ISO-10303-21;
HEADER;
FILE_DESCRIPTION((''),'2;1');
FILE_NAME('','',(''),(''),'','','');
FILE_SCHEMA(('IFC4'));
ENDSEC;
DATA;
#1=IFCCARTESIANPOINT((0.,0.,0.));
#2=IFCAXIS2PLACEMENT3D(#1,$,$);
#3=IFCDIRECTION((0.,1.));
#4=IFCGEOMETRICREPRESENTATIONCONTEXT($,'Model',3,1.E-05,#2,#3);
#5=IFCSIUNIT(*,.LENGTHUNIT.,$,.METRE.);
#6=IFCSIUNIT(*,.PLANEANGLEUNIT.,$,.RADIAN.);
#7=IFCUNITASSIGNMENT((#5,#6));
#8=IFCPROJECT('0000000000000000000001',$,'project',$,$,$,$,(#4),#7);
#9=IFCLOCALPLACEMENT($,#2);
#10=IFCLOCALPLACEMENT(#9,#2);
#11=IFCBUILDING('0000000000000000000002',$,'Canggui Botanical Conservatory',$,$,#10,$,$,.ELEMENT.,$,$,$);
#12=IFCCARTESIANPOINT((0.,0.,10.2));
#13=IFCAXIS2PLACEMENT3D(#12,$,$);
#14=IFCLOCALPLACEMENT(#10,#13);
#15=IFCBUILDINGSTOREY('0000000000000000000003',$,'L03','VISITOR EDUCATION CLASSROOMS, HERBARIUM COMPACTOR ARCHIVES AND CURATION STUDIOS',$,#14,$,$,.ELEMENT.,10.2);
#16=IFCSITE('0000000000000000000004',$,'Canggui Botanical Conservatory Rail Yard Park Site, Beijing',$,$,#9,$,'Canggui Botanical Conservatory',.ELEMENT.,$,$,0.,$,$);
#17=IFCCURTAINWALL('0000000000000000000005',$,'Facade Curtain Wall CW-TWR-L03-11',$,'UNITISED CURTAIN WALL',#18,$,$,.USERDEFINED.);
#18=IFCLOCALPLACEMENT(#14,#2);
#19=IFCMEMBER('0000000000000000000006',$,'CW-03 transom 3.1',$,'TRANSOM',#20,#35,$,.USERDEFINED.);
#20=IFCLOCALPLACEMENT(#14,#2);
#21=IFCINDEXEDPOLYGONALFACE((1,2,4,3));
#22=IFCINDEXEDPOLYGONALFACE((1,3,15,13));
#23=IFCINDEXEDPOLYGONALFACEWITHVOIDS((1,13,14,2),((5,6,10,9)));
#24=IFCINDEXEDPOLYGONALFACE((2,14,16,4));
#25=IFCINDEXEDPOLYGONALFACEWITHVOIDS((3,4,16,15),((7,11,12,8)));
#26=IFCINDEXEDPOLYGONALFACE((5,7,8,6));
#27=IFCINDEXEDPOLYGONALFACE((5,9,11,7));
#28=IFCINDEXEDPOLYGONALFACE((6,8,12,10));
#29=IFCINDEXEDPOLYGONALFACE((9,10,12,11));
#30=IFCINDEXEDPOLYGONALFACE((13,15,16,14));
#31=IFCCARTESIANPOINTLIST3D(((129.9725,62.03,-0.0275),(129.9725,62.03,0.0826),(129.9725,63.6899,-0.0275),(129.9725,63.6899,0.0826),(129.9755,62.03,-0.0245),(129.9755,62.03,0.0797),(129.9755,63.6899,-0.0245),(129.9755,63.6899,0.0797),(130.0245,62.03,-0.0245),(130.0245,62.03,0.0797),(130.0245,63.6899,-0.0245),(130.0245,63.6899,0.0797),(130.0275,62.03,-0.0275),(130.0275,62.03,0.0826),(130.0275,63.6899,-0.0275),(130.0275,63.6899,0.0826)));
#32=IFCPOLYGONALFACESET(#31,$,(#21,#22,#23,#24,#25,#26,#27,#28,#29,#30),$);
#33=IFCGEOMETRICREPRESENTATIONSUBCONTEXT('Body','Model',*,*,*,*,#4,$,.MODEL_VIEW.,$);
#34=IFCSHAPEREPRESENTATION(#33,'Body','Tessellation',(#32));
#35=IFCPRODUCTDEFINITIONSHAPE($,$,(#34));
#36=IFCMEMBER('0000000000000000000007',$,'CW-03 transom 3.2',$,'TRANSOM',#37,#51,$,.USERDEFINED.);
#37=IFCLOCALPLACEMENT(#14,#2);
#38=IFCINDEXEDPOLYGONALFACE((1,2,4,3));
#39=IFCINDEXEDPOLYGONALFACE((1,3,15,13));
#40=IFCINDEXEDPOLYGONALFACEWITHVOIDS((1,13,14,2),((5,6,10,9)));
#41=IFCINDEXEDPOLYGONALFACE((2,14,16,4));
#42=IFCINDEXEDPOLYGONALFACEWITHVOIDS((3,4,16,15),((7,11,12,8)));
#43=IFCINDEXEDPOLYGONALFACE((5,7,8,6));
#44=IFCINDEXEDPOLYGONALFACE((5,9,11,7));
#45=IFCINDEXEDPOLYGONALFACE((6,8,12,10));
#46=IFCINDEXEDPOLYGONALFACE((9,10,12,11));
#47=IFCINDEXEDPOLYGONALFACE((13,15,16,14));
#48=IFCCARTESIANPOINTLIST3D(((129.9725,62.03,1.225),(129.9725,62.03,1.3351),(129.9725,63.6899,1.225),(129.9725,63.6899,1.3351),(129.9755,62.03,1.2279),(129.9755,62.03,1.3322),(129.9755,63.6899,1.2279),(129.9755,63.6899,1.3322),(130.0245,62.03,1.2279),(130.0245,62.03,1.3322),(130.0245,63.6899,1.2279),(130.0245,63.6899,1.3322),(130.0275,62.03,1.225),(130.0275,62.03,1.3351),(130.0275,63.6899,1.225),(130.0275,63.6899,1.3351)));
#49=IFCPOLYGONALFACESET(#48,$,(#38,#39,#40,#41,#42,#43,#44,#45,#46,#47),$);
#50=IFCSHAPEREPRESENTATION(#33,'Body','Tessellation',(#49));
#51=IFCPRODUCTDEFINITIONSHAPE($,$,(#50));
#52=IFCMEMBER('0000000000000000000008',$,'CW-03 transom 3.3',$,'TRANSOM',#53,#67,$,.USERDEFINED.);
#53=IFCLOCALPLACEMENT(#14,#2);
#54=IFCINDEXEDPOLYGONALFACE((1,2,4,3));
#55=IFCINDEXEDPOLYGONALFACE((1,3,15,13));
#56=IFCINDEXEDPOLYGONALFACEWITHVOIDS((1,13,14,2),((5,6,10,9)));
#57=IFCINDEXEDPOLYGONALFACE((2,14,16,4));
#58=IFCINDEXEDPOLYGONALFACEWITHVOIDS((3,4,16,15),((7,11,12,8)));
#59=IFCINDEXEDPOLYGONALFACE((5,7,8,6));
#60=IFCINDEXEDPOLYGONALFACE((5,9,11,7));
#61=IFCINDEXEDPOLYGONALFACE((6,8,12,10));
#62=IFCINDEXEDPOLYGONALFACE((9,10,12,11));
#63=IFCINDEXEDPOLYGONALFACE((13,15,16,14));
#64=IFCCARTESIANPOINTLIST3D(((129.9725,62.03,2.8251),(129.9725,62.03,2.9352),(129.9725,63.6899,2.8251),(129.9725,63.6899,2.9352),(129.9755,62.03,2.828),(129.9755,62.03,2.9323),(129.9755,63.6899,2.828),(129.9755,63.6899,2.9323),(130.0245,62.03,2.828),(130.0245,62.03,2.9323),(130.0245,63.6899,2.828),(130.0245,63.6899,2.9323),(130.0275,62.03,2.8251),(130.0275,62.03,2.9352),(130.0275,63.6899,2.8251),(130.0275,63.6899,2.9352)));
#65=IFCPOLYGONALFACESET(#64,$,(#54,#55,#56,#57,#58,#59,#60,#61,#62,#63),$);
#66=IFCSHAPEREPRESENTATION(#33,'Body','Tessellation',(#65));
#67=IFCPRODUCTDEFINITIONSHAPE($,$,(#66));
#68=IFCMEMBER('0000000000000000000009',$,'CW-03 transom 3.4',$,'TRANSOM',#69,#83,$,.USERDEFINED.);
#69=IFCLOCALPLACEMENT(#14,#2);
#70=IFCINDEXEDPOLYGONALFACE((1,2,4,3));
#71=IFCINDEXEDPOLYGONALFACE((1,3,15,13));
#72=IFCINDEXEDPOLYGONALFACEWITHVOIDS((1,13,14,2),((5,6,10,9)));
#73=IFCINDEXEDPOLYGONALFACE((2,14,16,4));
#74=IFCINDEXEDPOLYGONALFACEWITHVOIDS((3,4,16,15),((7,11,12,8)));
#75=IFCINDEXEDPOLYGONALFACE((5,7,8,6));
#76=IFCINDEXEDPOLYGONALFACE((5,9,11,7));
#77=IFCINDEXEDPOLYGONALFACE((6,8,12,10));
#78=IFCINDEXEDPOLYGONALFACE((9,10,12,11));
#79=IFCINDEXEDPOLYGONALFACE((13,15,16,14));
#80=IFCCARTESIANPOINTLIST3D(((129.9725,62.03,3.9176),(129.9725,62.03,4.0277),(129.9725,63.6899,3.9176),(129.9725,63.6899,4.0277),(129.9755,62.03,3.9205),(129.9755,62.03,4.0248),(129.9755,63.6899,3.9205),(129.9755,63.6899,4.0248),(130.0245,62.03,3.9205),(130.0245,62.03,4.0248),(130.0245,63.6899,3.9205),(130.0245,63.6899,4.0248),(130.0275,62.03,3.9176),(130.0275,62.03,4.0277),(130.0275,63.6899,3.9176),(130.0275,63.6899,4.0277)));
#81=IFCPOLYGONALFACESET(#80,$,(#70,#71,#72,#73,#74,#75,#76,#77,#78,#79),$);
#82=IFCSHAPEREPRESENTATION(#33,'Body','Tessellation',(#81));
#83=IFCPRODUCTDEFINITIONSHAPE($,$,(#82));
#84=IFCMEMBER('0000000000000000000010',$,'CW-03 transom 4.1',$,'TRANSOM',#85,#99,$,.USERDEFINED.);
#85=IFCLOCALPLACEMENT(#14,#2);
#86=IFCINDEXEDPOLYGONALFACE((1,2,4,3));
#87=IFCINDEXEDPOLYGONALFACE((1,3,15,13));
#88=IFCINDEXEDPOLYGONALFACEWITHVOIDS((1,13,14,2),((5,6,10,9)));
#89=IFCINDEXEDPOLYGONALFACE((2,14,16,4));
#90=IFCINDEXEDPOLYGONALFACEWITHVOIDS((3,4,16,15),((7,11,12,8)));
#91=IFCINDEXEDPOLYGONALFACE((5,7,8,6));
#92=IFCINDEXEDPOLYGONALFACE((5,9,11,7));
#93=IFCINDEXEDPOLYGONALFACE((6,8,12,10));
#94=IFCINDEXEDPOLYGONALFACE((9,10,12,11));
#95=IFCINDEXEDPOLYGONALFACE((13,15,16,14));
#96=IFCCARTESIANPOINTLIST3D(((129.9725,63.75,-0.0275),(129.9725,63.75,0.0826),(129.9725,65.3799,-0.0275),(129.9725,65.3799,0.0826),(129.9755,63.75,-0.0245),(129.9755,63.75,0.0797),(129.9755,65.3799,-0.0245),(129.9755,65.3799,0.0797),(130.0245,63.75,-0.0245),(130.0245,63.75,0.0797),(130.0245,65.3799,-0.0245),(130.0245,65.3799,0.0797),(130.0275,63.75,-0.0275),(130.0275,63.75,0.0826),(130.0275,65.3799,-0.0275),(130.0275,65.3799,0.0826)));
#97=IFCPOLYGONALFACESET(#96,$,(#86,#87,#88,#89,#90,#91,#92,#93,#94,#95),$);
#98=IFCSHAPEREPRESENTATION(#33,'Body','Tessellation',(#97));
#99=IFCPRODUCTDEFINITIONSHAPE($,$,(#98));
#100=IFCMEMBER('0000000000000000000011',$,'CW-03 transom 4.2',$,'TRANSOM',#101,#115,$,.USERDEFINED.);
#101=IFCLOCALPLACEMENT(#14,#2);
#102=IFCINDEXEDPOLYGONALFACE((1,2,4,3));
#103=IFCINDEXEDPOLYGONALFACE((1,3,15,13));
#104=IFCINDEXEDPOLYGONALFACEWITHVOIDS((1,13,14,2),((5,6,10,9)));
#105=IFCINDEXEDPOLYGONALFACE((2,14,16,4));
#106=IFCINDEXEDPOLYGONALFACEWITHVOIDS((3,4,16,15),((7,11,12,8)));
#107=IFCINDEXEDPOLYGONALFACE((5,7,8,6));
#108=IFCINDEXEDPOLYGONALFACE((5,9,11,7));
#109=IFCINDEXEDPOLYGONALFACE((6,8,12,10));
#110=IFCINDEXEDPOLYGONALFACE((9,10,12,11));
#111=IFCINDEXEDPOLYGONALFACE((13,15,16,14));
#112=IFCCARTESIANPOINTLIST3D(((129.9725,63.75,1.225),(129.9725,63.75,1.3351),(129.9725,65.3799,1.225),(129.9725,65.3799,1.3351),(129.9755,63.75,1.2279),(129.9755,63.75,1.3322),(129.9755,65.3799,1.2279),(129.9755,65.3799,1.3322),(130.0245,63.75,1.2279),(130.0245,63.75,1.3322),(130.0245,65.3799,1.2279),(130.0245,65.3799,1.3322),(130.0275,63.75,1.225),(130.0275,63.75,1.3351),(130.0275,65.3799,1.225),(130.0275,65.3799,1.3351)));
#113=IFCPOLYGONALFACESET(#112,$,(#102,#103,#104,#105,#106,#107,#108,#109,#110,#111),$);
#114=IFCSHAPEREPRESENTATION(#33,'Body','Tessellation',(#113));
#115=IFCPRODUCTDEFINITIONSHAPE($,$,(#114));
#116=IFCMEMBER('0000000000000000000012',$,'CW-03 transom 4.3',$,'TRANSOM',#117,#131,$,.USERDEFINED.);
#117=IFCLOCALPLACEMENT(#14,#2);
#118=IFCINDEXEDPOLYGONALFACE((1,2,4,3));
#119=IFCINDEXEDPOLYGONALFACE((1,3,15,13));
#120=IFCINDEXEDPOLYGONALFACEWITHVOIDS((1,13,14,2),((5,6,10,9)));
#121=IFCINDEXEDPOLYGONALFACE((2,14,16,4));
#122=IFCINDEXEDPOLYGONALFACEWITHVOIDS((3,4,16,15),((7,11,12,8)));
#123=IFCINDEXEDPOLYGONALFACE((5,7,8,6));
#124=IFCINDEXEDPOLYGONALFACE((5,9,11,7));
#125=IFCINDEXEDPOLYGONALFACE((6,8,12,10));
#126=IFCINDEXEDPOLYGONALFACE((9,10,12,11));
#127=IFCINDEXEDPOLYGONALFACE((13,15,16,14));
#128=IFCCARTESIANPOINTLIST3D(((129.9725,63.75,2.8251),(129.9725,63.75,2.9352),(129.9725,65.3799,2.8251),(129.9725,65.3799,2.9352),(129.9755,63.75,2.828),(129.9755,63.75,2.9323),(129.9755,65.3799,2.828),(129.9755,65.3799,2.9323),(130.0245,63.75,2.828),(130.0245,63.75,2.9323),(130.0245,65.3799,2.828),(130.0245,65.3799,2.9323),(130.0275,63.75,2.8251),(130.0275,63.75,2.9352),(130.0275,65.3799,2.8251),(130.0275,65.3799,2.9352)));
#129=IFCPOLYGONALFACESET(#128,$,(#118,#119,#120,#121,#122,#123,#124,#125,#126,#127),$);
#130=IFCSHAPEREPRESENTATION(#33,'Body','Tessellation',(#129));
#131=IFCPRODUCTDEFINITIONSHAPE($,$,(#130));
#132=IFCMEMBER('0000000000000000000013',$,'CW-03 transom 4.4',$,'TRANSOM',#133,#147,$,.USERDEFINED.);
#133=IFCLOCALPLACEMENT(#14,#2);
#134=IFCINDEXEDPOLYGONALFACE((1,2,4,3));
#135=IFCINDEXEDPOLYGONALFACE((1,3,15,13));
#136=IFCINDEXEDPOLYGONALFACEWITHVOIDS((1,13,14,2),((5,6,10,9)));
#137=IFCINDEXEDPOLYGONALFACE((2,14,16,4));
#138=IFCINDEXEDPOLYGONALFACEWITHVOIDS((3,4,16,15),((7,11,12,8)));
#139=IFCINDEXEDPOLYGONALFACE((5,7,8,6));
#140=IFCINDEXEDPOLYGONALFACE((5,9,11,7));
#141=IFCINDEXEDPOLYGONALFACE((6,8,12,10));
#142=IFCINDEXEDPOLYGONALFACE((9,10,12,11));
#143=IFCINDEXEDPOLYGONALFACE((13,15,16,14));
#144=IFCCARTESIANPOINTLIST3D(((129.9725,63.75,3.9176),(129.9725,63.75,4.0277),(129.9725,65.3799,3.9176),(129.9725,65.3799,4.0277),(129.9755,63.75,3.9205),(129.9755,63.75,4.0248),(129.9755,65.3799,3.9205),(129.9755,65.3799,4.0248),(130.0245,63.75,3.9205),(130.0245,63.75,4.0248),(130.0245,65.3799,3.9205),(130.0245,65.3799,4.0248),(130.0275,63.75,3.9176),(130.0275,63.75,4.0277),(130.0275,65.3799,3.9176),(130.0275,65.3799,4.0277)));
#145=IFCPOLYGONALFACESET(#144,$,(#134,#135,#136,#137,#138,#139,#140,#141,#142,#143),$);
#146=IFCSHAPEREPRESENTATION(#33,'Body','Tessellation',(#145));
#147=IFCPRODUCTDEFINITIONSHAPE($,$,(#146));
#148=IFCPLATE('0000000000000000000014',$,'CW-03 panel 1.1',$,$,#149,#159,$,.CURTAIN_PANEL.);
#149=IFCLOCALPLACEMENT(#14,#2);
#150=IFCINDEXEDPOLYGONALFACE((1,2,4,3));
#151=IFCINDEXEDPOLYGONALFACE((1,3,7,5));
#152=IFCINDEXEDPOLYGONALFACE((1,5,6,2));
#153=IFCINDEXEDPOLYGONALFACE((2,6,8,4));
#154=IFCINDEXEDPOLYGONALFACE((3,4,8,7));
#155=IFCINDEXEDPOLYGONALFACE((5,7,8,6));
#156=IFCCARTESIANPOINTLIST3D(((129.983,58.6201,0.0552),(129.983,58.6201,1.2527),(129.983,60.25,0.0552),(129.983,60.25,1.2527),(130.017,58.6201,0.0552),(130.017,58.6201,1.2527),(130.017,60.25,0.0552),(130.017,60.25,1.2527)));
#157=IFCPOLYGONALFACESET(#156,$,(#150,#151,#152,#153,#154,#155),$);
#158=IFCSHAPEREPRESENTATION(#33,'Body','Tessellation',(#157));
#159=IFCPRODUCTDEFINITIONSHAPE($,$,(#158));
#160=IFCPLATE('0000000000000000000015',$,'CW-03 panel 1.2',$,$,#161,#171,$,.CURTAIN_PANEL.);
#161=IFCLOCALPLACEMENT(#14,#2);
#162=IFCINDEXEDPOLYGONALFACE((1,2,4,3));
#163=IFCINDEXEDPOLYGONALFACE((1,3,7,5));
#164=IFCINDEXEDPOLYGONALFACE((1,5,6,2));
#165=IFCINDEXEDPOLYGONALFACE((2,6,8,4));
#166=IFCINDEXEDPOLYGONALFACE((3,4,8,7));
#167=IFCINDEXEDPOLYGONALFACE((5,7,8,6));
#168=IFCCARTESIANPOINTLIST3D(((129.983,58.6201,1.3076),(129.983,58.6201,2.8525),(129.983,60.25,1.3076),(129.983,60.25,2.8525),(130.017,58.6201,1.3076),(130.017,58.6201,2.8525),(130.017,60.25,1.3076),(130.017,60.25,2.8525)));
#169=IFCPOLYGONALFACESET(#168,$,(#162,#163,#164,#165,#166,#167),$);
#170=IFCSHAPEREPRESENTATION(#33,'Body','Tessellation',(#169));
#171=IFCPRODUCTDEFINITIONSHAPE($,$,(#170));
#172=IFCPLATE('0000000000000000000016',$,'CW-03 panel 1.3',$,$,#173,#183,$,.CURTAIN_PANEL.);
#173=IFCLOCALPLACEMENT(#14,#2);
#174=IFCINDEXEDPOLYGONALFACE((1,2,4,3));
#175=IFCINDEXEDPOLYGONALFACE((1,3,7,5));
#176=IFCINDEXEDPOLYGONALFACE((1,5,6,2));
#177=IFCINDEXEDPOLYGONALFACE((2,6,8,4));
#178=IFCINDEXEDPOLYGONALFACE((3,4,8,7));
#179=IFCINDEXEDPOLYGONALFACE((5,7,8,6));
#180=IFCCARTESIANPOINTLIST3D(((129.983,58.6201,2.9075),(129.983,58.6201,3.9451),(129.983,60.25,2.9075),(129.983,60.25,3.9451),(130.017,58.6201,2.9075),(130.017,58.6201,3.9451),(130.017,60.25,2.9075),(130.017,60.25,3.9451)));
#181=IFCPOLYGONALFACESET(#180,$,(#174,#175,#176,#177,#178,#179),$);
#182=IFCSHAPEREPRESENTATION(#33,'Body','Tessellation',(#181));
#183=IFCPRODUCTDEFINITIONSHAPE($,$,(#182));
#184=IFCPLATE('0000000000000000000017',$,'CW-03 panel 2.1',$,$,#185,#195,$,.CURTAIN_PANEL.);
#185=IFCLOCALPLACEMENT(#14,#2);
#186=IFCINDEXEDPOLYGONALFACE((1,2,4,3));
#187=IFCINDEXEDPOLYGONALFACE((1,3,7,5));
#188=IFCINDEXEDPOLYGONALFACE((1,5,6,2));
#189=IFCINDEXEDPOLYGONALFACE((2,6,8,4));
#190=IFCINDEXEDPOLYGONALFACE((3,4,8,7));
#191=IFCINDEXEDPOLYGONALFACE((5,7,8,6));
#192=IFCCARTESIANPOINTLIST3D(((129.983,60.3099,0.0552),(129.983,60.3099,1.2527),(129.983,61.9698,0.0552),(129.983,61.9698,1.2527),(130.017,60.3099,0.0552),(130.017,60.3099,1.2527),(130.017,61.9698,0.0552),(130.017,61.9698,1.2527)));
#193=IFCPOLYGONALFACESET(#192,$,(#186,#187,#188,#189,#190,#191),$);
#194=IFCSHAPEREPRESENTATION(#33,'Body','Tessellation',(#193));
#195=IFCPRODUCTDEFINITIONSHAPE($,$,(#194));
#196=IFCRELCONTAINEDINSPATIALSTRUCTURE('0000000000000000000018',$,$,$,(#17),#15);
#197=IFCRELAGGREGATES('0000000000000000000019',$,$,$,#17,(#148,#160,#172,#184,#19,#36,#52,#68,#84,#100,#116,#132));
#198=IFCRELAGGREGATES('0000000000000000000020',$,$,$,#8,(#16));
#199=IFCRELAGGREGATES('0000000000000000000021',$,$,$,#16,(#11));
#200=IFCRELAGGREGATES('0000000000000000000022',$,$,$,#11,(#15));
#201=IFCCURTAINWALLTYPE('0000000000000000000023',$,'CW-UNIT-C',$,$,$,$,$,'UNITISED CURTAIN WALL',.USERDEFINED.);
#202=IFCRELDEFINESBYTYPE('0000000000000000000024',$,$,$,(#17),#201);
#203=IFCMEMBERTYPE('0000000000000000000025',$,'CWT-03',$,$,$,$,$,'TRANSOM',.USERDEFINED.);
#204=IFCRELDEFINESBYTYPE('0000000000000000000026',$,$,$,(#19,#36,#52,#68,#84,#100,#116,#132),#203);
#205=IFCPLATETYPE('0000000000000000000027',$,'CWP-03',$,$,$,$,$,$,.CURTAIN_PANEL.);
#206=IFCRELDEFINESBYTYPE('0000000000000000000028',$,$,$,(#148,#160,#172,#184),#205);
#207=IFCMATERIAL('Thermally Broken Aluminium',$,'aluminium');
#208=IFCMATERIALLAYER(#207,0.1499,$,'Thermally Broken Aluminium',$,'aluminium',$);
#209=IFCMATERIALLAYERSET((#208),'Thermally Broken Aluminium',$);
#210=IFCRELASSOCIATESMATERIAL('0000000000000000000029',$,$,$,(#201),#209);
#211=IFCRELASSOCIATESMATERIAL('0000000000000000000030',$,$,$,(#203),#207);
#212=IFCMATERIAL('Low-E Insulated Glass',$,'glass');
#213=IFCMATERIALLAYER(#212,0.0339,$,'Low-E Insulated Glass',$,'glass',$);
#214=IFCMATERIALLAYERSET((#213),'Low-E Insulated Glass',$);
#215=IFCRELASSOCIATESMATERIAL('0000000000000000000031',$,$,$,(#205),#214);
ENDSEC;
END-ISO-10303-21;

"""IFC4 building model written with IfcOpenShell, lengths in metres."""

from ifc_helpers import new_model, si_unit, direction, frame, origin, origin_2d, place, context, subcontext, project, spatial, rectangle, hollow_rectangle, extrude, material, layer, layer_set, material_profile, profile_set, type_object, element, aggregate, save


model = new_model("IFC4")

# Units and contexts
model_context = context("Model", 3, precision=1e-05, world=origin(), true_north=direction((0.0, 1.0)))
body_context = subcontext(model_context, "Body", "Model", "MODEL_VIEW")
ifc_project = project(units=[si_unit("LENGTHUNIT", "METRE"), si_unit("PLANEANGLEUNIT", "RADIAN")], contexts=[model_context])

# Site, building, storey
site_placement = place(None, origin())
site = spatial("IfcSite", under=ifc_project, at=site_placement, Name="Canggui Botanical Conservatory Rail Yard Park Site, Beijing", LongName="Canggui Botanical Conservatory", CompositionType="ELEMENT", RefElevation=0.0)
building_placement = place(site_placement, origin())
building = spatial("IfcBuilding", under=site, at=building_placement, Name="Canggui Botanical Conservatory", CompositionType="ELEMENT")
storey_placement = place(building_placement, frame((0.0, 0.0, 10.2)))
storey = spatial("IfcBuildingStorey", under=building, at=storey_placement, Name="L03", Description="VISITOR EDUCATION CLASSROOMS, HERBARIUM COMPACTOR ARCHIVES AND CURATION STUDIOS", CompositionType="ELEMENT", Elevation=10.2)

# Curtain wall, members, plates
ifc_material_1 = material(Name="Thermally Broken Aluminium", Category="aluminium")
ifc_layer_1 = layer(ifc_material_1, 0.1499, Name="Thermally Broken Aluminium", Category="aluminium")
ifc_layer_set_1 = layer_set([ifc_layer_1], Name="Thermally Broken Aluminium")
curtain_wall_type = type_object("IfcCurtainWallType", Name="CW-UNIT-C", ElementType="UNITISED CURTAIN WALL", PredefinedType="USERDEFINED", material=ifc_layer_set_1)
curtain_wall_placement = place(storey_placement, origin())
curtain_wall = element("IfcCurtainWall", 1, at=curtain_wall_placement, inside=storey, type_object=curtain_wall_type, Name="Facade Curtain Wall CW-TWR-L03-11", ObjectType="UNITISED CURTAIN WALL", PredefinedType="USERDEFINED")
ifc_material_profile_1 = material_profile(ifc_material_1, hollow_rectangle(XDim=0.0549, YDim=0.1101, WallThickness=0.0029, at=origin_2d()), Name="CWT 55x110x3")
ifc_profile_set_1 = profile_set([ifc_material_profile_1], Name="Thermally Broken Aluminium")
member_type_1 = type_object("IfcMemberType", Name="CWT-03", ElementType="TRANSOM", PredefinedType="USERDEFINED", material=ifc_profile_set_1)
member_1_placement = place(storey_placement, frame((130.0, 62.03, 0.0276), z_axis=(0.0, 1.0, 0.0), x_axis=(-1.0, 0.0, 0.0)))
member_1 = element("IfcMember", 2, at=member_1_placement, type_object=member_type_1, Name="CW-03 transom 3.1", ObjectType="TRANSOM", PredefinedType="USERDEFINED", context=body_context, shape_type="SweptSolid", body=[
    extrude(hollow_rectangle(XDim=0.0549, YDim=0.1101, WallThickness=0.0029, at=origin_2d()), origin(), (0.0, 0.0, 1.0), 1.6599),
])
member_2_placement = place(storey_placement, frame((130.0, 62.03, 1.28), z_axis=(0.0, 1.0, 0.0), x_axis=(-1.0, 0.0, 0.0)))
member_2 = element("IfcMember", 3, at=member_2_placement, type_object=member_type_1, Name="CW-03 transom 3.2", ObjectType="TRANSOM", PredefinedType="USERDEFINED", context=body_context, shape_type="SweptSolid", body=[
    extrude(hollow_rectangle(XDim=0.0549, YDim=0.1101, WallThickness=0.0029, at=origin_2d()), origin(), (0.0, 0.0, 1.0), 1.6599),
])
member_3_placement = place(storey_placement, frame((130.0, 62.03, 2.8801), z_axis=(0.0, 1.0, 0.0), x_axis=(-1.0, 0.0, 0.0)))
member_3 = element("IfcMember", 4, at=member_3_placement, type_object=member_type_1, Name="CW-03 transom 3.3", ObjectType="TRANSOM", PredefinedType="USERDEFINED", context=body_context, shape_type="SweptSolid", body=[
    extrude(hollow_rectangle(XDim=0.0549, YDim=0.1101, WallThickness=0.0029, at=origin_2d()), origin(), (0.0, 0.0, 1.0), 1.6599),
])
member_4_placement = place(storey_placement, frame((130.0, 62.03, 3.9727), z_axis=(0.0, 1.0, 0.0), x_axis=(-1.0, 0.0, 0.0)))
member_4 = element("IfcMember", 5, at=member_4_placement, type_object=member_type_1, Name="CW-03 transom 3.4", ObjectType="TRANSOM", PredefinedType="USERDEFINED", context=body_context, shape_type="SweptSolid", body=[
    extrude(hollow_rectangle(XDim=0.0549, YDim=0.1101, WallThickness=0.0029, at=origin_2d()), origin(), (0.0, 0.0, 1.0), 1.6599),
])
member_5_placement = place(storey_placement, frame((130.0, 63.75, 0.0276), z_axis=(0.0, 1.0, 0.0), x_axis=(-1.0, 0.0, 0.0)))
member_5 = element("IfcMember", 6, at=member_5_placement, type_object=member_type_1, Name="CW-03 transom 4.1", ObjectType="TRANSOM", PredefinedType="USERDEFINED", context=body_context, shape_type="SweptSolid", body=[
    extrude(hollow_rectangle(XDim=0.0549, YDim=0.1101, WallThickness=0.0029, at=origin_2d()), origin(), (0.0, 0.0, 1.0), 1.6299),
])
member_6_placement = place(storey_placement, frame((130.0, 63.75, 1.28), z_axis=(0.0, 1.0, 0.0), x_axis=(-1.0, 0.0, 0.0)))
member_6 = element("IfcMember", 7, at=member_6_placement, type_object=member_type_1, Name="CW-03 transom 4.2", ObjectType="TRANSOM", PredefinedType="USERDEFINED", context=body_context, shape_type="SweptSolid", body=[
    extrude(hollow_rectangle(XDim=0.0549, YDim=0.1101, WallThickness=0.0029, at=origin_2d()), origin(), (0.0, 0.0, 1.0), 1.6299),
])
member_7_placement = place(storey_placement, frame((130.0, 63.75, 2.8801), z_axis=(0.0, 1.0, 0.0), x_axis=(-1.0, 0.0, 0.0)))
member_7 = element("IfcMember", 8, at=member_7_placement, type_object=member_type_1, Name="CW-03 transom 4.3", ObjectType="TRANSOM", PredefinedType="USERDEFINED", context=body_context, shape_type="SweptSolid", body=[
    extrude(hollow_rectangle(XDim=0.0549, YDim=0.1101, WallThickness=0.0029, at=origin_2d()), origin(), (0.0, 0.0, 1.0), 1.6299),
])
member_8_placement = place(storey_placement, frame((130.0, 63.75, 3.9727), z_axis=(0.0, 1.0, 0.0), x_axis=(-1.0, 0.0, 0.0)))
member_8 = element("IfcMember", 9, at=member_8_placement, type_object=member_type_1, Name="CW-03 transom 4.4", ObjectType="TRANSOM", PredefinedType="USERDEFINED", context=body_context, shape_type="SweptSolid", body=[
    extrude(hollow_rectangle(XDim=0.0549, YDim=0.1101, WallThickness=0.0029, at=origin_2d()), origin(), (0.0, 0.0, 1.0), 1.6299),
])
ifc_material_2 = material(Name="Low-E Insulated Glass", Category="glass")
ifc_layer_2 = layer(ifc_material_2, 0.0339, Name="Low-E Insulated Glass", Category="glass")
ifc_layer_set_2 = layer_set([ifc_layer_2], Name="Low-E Insulated Glass")
plate_type = type_object("IfcPlateType", Name="CWP-03", PredefinedType="CURTAIN_PANEL", material=ifc_layer_set_2)
plate_1_placement = place(storey_placement, frame((130.0, 59.4351, 0.0552), z_axis=(0.0, 0.0, 1.0), x_axis=(0.0, 1.0, 0.0)))
plate_1 = element("IfcPlate", 10, at=plate_1_placement, type_object=plate_type, Name="CW-03 panel 1.1", PredefinedType="CURTAIN_PANEL", context=body_context, shape_type="SweptSolid", body=[
    extrude(rectangle(XDim=1.6299, YDim=0.0339, at=origin_2d()), origin(), (0.0, 0.0, 1.0), 1.1975),
])
plate_2_placement = place(storey_placement, frame((130.0, 59.4351, 1.3076), z_axis=(0.0, 0.0, 1.0), x_axis=(0.0, 1.0, 0.0)))
plate_2 = element("IfcPlate", 11, at=plate_2_placement, type_object=plate_type, Name="CW-03 panel 1.2", PredefinedType="CURTAIN_PANEL", context=body_context, shape_type="SweptSolid", body=[
    extrude(rectangle(XDim=1.6299, YDim=0.0339, at=origin_2d()), origin(), (0.0, 0.0, 1.0), 1.5449),
])
plate_3_placement = place(storey_placement, frame((130.0, 59.4351, 2.9075), z_axis=(0.0, 0.0, 1.0), x_axis=(0.0, 1.0, 0.0)))
plate_3 = element("IfcPlate", 12, at=plate_3_placement, type_object=plate_type, Name="CW-03 panel 1.3", PredefinedType="CURTAIN_PANEL", context=body_context, shape_type="SweptSolid", body=[
    extrude(rectangle(XDim=1.6299, YDim=0.0339, at=origin_2d()), origin(), (0.0, 0.0, 1.0), 1.0376),
])
plate_4_placement = place(storey_placement, frame((130.0, 61.1399, 0.0552), z_axis=(0.0, 0.0, 1.0), x_axis=(0.0, 1.0, 0.0)))
plate_4 = element("IfcPlate", 13, at=plate_4_placement, type_object=plate_type, Name="CW-03 panel 2.1", PredefinedType="CURTAIN_PANEL", context=body_context, shape_type="SweptSolid", body=[
    extrude(rectangle(XDim=1.6599, YDim=0.0339, at=origin_2d()), origin(), (0.0, 0.0, 1.0), 1.1975),
])
aggregate(curtain_wall, [plate_1, plate_2, plate_3, plate_4, member_1, member_2, member_3, member_4, member_5, member_6, member_7, member_8])

save(model, "model.ifc")
